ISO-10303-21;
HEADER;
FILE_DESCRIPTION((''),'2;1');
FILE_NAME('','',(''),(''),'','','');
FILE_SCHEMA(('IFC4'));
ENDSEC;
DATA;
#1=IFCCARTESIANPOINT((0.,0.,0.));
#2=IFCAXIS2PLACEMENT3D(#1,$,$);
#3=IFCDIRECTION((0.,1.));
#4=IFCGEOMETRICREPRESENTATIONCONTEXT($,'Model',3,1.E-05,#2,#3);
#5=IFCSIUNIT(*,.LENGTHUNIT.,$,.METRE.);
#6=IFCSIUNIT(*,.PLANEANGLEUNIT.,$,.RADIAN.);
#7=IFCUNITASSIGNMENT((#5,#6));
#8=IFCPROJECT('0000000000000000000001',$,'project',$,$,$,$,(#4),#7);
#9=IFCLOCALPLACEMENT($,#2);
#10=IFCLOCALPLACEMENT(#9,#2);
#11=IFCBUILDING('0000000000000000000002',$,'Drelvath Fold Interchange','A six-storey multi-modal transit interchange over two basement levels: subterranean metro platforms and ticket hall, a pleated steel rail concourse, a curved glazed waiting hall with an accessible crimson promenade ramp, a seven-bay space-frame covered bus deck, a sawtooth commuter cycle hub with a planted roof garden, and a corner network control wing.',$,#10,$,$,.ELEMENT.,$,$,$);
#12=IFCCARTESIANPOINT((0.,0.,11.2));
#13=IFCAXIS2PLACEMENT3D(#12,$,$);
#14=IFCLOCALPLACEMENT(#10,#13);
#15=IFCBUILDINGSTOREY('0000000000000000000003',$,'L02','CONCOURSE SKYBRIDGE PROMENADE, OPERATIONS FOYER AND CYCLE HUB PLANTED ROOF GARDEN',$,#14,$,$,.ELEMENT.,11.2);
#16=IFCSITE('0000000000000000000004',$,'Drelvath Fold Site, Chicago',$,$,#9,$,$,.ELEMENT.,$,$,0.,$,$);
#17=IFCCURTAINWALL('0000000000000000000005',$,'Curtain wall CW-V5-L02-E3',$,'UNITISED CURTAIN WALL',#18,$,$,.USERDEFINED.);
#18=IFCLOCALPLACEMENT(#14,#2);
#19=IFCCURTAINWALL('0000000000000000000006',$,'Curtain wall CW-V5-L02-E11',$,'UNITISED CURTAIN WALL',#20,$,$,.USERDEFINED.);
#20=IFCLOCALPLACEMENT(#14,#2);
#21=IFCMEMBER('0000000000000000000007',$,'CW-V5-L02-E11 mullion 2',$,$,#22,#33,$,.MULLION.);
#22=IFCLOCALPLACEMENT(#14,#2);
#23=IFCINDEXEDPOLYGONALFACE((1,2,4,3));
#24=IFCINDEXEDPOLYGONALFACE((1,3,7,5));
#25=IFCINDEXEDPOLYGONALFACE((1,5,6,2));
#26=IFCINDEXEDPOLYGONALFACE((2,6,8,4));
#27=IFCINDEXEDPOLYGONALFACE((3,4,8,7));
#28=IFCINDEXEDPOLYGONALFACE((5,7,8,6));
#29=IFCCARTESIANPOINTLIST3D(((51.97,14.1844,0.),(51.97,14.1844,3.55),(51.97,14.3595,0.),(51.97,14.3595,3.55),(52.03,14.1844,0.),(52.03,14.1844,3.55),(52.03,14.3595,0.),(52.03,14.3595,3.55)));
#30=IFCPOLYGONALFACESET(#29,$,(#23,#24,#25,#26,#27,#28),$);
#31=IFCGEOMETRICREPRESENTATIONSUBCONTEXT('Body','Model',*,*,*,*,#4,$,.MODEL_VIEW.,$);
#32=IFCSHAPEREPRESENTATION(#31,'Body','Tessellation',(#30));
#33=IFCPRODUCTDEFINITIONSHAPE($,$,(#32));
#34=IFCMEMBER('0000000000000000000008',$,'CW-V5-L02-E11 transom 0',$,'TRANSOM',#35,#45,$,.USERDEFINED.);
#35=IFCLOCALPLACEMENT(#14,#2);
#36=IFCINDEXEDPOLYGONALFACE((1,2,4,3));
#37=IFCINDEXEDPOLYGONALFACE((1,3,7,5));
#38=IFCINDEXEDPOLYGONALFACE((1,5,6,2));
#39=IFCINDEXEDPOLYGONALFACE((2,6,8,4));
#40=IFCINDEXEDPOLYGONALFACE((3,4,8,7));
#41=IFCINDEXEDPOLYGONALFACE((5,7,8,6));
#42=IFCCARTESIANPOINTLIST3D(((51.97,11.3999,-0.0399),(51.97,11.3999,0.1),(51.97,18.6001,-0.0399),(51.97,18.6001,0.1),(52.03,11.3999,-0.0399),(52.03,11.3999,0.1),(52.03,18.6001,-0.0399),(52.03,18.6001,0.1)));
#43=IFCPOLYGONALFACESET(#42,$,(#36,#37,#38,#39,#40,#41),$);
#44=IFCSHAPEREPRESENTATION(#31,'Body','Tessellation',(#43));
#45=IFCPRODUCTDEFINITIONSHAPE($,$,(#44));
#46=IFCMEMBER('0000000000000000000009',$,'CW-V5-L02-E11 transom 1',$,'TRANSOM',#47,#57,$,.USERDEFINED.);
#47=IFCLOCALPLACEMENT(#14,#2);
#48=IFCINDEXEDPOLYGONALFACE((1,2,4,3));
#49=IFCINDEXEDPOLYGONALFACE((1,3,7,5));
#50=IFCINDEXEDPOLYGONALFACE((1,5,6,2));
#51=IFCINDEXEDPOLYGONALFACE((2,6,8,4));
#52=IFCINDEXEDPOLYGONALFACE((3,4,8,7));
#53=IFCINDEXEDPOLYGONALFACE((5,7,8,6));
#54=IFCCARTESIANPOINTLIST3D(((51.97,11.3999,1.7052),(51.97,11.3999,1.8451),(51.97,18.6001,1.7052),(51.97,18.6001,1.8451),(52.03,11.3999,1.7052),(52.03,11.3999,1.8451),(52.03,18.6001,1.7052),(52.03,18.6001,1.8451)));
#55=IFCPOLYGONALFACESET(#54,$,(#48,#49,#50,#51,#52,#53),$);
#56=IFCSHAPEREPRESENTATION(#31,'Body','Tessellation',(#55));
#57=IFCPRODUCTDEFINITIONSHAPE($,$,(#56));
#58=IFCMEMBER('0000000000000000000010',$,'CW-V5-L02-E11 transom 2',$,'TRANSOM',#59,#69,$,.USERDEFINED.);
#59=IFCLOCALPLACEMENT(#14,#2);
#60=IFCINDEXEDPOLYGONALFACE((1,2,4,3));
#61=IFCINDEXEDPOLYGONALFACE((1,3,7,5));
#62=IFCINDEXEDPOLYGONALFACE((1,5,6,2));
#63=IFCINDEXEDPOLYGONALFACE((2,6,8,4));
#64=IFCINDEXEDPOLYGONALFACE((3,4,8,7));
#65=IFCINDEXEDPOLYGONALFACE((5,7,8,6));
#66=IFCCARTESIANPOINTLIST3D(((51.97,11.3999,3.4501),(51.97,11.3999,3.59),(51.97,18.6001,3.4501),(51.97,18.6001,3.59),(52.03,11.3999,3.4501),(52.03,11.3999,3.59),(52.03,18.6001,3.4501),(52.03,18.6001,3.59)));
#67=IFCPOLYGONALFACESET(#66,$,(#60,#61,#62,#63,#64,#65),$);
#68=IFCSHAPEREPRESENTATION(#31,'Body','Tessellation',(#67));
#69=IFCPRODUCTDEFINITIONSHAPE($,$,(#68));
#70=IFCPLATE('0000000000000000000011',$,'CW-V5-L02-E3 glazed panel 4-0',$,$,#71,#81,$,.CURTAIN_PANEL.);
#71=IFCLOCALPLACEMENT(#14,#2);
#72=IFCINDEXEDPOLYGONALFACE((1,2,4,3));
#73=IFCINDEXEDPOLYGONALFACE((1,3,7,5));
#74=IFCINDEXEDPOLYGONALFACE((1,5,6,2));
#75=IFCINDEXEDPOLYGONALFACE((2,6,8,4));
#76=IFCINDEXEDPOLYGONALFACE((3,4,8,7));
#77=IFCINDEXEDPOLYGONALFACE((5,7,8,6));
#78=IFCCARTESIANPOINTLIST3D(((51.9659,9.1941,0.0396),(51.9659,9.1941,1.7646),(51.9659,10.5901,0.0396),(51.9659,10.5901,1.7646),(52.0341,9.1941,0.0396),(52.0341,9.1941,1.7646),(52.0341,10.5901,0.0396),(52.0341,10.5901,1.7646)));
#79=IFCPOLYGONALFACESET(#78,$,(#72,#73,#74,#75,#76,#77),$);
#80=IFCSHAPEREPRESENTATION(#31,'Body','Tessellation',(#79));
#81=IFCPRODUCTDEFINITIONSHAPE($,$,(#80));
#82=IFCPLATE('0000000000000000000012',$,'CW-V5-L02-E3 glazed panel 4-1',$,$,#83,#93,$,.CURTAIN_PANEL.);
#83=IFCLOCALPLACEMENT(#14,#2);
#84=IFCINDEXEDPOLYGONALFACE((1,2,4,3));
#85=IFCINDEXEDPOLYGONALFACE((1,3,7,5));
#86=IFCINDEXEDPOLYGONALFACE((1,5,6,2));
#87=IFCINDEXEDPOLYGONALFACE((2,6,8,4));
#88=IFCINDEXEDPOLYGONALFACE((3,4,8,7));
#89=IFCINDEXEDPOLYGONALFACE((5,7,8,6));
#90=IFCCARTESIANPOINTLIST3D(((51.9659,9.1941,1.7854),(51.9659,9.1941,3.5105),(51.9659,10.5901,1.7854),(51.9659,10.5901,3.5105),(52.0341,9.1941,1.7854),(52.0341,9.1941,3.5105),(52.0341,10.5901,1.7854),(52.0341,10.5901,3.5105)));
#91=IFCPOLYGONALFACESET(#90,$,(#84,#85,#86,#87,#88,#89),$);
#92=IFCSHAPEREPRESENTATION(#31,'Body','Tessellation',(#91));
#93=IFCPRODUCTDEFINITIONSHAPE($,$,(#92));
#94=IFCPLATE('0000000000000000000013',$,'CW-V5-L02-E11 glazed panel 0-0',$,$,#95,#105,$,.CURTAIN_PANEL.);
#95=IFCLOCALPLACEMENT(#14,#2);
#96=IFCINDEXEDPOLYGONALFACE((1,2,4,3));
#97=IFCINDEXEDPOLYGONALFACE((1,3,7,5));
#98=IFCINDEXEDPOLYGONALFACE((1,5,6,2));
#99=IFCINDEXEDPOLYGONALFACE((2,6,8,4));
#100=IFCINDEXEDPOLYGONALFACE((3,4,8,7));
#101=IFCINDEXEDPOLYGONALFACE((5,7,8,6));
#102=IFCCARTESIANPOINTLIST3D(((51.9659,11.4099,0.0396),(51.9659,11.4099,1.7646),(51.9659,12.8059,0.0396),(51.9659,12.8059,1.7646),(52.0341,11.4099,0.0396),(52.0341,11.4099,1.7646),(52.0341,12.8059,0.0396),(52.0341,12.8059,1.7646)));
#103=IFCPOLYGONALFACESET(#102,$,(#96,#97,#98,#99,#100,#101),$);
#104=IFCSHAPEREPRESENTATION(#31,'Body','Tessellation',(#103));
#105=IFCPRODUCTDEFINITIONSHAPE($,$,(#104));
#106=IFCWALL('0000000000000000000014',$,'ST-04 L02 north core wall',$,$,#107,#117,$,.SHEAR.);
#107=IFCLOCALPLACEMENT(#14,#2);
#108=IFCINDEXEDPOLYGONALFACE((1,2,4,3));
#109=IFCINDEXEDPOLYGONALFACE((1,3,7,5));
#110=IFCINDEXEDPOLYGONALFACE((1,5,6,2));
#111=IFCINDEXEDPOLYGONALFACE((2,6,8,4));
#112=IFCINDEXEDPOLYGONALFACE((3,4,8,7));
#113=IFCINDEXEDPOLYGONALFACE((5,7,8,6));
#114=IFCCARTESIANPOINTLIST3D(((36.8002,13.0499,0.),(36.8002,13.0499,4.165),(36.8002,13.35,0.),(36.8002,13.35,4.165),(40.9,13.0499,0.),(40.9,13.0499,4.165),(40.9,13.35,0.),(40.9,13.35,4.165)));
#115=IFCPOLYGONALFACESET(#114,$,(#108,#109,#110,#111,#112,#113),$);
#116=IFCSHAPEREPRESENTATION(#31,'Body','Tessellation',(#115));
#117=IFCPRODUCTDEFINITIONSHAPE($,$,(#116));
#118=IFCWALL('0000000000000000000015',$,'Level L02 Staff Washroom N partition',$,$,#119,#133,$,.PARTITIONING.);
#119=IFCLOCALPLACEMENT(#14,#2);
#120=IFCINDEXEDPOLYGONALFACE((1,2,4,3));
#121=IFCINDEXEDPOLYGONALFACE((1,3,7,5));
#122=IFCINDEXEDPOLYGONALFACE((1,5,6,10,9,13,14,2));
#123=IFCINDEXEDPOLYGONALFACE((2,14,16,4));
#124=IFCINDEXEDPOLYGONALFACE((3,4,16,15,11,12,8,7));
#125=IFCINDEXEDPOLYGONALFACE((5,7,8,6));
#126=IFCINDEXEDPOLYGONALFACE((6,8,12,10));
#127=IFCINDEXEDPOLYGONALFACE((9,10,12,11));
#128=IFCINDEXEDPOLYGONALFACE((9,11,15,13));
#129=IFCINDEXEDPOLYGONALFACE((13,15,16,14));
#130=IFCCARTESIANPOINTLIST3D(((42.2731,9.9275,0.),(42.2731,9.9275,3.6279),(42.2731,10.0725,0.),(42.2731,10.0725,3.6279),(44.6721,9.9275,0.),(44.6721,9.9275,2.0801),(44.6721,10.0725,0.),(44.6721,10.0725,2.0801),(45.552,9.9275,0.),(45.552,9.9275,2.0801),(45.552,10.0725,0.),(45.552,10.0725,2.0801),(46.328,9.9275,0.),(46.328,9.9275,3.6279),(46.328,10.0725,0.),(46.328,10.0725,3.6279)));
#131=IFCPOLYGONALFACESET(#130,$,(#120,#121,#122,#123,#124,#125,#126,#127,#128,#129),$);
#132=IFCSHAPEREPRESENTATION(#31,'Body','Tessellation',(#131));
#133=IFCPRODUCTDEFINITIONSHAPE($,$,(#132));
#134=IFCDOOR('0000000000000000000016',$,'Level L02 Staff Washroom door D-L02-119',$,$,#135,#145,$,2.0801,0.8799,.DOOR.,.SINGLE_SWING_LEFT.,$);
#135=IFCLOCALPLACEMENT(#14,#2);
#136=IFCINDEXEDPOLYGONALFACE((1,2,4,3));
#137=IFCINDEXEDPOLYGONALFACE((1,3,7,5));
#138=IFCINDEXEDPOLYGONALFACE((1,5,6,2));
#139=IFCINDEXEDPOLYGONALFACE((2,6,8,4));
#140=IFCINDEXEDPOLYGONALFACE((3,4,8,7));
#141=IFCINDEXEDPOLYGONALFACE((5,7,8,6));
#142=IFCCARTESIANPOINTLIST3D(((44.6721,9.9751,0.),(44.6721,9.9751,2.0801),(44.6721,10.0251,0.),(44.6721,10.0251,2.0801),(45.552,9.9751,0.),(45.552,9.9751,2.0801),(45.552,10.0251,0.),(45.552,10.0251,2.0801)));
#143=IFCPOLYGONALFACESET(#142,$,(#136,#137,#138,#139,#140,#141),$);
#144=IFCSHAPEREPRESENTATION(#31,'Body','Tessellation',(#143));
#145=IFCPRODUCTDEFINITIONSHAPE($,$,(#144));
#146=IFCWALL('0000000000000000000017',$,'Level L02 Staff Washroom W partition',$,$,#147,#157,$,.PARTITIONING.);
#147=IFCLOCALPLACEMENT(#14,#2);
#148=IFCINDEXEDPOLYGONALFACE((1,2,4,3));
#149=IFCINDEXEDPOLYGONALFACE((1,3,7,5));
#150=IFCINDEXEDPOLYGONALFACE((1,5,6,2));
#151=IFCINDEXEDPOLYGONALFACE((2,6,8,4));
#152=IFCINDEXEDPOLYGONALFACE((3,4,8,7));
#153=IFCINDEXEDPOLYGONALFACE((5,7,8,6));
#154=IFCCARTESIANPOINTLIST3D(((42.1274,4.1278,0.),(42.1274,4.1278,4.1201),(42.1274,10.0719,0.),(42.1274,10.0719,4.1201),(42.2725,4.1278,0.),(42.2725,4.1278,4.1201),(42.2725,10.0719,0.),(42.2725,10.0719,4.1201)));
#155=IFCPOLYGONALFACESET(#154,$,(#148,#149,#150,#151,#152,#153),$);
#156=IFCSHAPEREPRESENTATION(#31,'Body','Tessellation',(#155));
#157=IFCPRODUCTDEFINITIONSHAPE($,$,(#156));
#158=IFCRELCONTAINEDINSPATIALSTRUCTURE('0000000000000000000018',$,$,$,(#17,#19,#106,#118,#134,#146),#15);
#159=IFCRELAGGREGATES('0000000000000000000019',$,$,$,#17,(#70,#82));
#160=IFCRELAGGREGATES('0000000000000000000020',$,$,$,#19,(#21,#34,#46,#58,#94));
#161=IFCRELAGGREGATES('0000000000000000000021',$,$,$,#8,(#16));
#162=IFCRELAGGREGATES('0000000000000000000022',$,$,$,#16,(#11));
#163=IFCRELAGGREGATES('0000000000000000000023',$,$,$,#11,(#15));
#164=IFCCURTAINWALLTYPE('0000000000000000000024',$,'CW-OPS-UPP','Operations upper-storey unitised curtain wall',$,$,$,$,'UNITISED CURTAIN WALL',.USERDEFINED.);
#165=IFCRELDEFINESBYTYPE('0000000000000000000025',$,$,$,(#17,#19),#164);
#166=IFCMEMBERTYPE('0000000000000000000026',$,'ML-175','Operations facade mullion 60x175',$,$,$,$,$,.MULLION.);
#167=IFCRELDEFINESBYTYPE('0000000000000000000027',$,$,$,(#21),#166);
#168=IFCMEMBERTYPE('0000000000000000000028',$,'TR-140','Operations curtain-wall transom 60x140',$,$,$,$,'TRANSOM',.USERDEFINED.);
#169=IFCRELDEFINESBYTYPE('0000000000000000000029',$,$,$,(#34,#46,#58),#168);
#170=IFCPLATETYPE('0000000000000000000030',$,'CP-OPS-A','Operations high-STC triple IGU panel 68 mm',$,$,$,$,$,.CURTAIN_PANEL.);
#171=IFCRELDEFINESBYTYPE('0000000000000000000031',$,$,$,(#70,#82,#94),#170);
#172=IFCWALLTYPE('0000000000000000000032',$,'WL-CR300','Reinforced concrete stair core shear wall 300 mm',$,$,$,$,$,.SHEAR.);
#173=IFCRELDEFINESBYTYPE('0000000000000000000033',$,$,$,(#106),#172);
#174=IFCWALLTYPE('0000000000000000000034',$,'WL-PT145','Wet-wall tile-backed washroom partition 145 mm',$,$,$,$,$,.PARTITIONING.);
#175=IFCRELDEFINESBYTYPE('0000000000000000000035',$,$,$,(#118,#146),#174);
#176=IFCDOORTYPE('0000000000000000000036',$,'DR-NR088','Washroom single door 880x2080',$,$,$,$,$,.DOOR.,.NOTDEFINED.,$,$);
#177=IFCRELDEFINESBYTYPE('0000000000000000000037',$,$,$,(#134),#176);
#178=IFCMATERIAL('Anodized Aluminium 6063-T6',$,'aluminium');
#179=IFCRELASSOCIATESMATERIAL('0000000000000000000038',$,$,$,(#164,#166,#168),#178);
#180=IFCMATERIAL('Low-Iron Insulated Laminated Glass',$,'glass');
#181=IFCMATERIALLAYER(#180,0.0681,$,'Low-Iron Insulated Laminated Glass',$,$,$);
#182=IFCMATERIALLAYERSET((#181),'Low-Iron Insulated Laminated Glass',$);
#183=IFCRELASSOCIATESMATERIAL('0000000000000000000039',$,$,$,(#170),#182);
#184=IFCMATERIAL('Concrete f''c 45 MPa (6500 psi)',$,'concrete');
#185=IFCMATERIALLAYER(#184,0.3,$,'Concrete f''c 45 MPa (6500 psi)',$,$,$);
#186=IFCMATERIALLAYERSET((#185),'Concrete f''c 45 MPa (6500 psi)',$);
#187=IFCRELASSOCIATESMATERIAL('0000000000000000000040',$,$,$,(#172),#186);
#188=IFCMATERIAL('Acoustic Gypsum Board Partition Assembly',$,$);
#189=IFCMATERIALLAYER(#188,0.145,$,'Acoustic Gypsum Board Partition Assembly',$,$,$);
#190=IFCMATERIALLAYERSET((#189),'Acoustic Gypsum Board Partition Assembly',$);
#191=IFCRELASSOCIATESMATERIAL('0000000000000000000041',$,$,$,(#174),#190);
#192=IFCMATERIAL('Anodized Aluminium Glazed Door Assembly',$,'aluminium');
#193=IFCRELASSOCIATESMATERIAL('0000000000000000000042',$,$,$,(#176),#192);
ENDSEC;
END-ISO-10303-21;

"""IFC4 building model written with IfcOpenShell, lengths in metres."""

from ifc_helpers import new_model, si_unit, direction, frame, frame_2d, origin, origin_2d, place, context, subcontext, project, spatial, rectangle, extrude, material, layer, layer_set, material_profile, profile_set, type_object, element, fill, aggregate, save


model = new_model("IFC4")

# Units and contexts
model_context = context("Model", 3, precision=1e-05, world=origin(), true_north=direction((0.0, 1.0)))
body_context = subcontext(model_context, "Body", "Model", "MODEL_VIEW")
ifc_project = project(units=[si_unit("LENGTHUNIT", "METRE"), si_unit("PLANEANGLEUNIT", "RADIAN")], contexts=[model_context])

# Site, building, storey
site_placement = place(None, origin())
site = spatial("IfcSite", under=ifc_project, at=site_placement, Name="Drelvath Fold Site, Chicago", CompositionType="ELEMENT", RefElevation=0.0)
building_placement = place(site_placement, origin())
building = spatial("IfcBuilding", under=site, at=building_placement, Name="Drelvath Fold Interchange", Description="A six-storey multi-modal transit interchange over two basement levels: subterranean metro platforms and ticket hall, a pleated steel rail concourse, a curved glazed waiting hall with an accessible crimson promenade ramp, a seven-bay space-frame covered bus deck, a sawtooth commuter cycle hub with a planted roof garden, and a corner network control wing.", CompositionType="ELEMENT")
storey_placement = place(building_placement, frame((0.0, 0.0, 11.2)))
storey = spatial("IfcBuildingStorey", under=building, at=storey_placement, Name="L02", Description="CONCOURSE SKYBRIDGE PROMENADE, OPERATIONS FOYER AND CYCLE HUB PLANTED ROOF GARDEN", CompositionType="ELEMENT", Elevation=11.2)

# Curtain walls, members
ifc_material_1 = material(Name="Anodized Aluminium 6063-T6", Category="aluminium")
curtain_wall_type = type_object("IfcCurtainWallType", Name="CW-OPS-UPP", Description="Operations upper-storey unitised curtain wall", ElementType="UNITISED CURTAIN WALL", PredefinedType="USERDEFINED", material=ifc_material_1)
curtain_wall_1_placement = place(storey_placement, origin())
curtain_wall_1 = element("IfcCurtainWall", 1, at=curtain_wall_1_placement, inside=storey, type_object=curtain_wall_type, Name="Curtain wall CW-V5-L02-E3", ObjectType="UNITISED CURTAIN WALL", PredefinedType="USERDEFINED")
ifc_material_profile_1 = material_profile(ifc_material_1, rectangle(XDim=0.0601, YDim=0.175, at=origin_2d()), Name="AL-M 60x175")
ifc_profile_set_1 = profile_set([ifc_material_profile_1], Name="Anodized Aluminium 6063-T6")
member_type_1 = type_object("IfcMemberType", Name="ML-175", Description="Operations facade mullion 60x175", PredefinedType="MULLION", material=ifc_profile_set_1)
curtain_wall_2_placement = place(storey_placement, origin())
curtain_wall_2 = element("IfcCurtainWall", 2, at=curtain_wall_2_placement, inside=storey, type_object=curtain_wall_type, Name="Curtain wall CW-V5-L02-E11", ObjectType="UNITISED CURTAIN WALL", PredefinedType="USERDEFINED")
member_1_placement = place(storey_placement, frame((52.0, 14.272, 0.0), z_axis=(0.0, 0.0, 1.0), x_axis=(1.0, 0.0, 0.0)))
member_1 = element("IfcMember", 3, at=member_1_placement, type_object=member_type_1, Name="CW-V5-L02-E11 mullion 2", PredefinedType="MULLION", context=body_context, shape_type="SweptSolid", body=[
    extrude(rectangle(XDim=0.0601, YDim=0.175, at=origin_2d()), origin(), (0.0, 0.0, 1.0), 3.55),
])
ifc_material_profile_2 = material_profile(ifc_material_1, rectangle(XDim=0.0601, YDim=0.1399, at=origin_2d()), Name="AL-T 60x140")
ifc_profile_set_2 = profile_set([ifc_material_profile_2], Name="Anodized Aluminium 6063-T6")
member_type_2 = type_object("IfcMemberType", Name="TR-140", Description="Operations curtain-wall transom 60x140", ElementType="TRANSOM", PredefinedType="USERDEFINED", material=ifc_profile_set_2)
member_2_placement = place(storey_placement, frame((52.0, 11.3999, 0.03), z_axis=(0.0, 1.0, 0.0), x_axis=(-1.0, 0.0, 0.0)))
member_2 = element("IfcMember", 4, at=member_2_placement, type_object=member_type_2, Name="CW-V5-L02-E11 transom 0", ObjectType="TRANSOM", PredefinedType="USERDEFINED", context=body_context, shape_type="SweptSolid", body=[
    extrude(rectangle(XDim=0.0601, YDim=0.1399, at=origin_2d()), origin(), (0.0, 0.0, 1.0), 7.2002),
])
member_3_placement = place(storey_placement, frame((52.0, 11.3999, 1.7751), z_axis=(0.0, 1.0, 0.0), x_axis=(-1.0, 0.0, 0.0)))
member_3 = element("IfcMember", 5, at=member_3_placement, type_object=member_type_2, Name="CW-V5-L02-E11 transom 1", ObjectType="TRANSOM", PredefinedType="USERDEFINED", context=body_context, shape_type="SweptSolid", body=[
    extrude(rectangle(XDim=0.0601, YDim=0.1399, at=origin_2d()), origin(), (0.0, 0.0, 1.0), 7.2002),
])
member_4_placement = place(storey_placement, frame((52.0, 11.3999, 3.52), z_axis=(0.0, 1.0, 0.0), x_axis=(-1.0, 0.0, 0.0)))
member_4 = element("IfcMember", 6, at=member_4_placement, type_object=member_type_2, Name="CW-V5-L02-E11 transom 2", ObjectType="TRANSOM", PredefinedType="USERDEFINED", context=body_context, shape_type="SweptSolid", body=[
    extrude(rectangle(XDim=0.0601, YDim=0.1399, at=origin_2d()), origin(), (0.0, 0.0, 1.0), 7.2002),
])

# Plates
ifc_material_2 = material(Name="Low-Iron Insulated Laminated Glass", Category="glass")
ifc_layer_1 = layer(ifc_material_2, 0.0681, Name="Low-Iron Insulated Laminated Glass")
ifc_layer_set_1 = layer_set([ifc_layer_1], Name="Low-Iron Insulated Laminated Glass")
plate_type = type_object("IfcPlateType", Name="CP-OPS-A", Description="Operations high-STC triple IGU panel 68 mm", PredefinedType="CURTAIN_PANEL", material=ifc_layer_set_1)
plate_1_placement = place(storey_placement, frame((52.0, 9.8921, 0.0396), z_axis=(0.0, 0.0, 1.0), x_axis=(0.0, 1.0, 0.0)))
plate_1 = element("IfcPlate", 7, at=plate_1_placement, type_object=plate_type, Name="CW-V5-L02-E3 glazed panel 4-0", PredefinedType="CURTAIN_PANEL", context=body_context, shape_type="SweptSolid", body=[
    extrude(rectangle(XDim=1.396, YDim=0.0681, at=origin_2d()), origin(), (0.0, 0.0, 1.0), 1.7251),
])
plate_2_placement = place(storey_placement, frame((52.0, 9.8921, 1.7854), z_axis=(0.0, 0.0, 1.0), x_axis=(0.0, 1.0, 0.0)))
plate_2 = element("IfcPlate", 8, at=plate_2_placement, type_object=plate_type, Name="CW-V5-L02-E3 glazed panel 4-1", PredefinedType="CURTAIN_PANEL", context=body_context, shape_type="SweptSolid", body=[
    extrude(rectangle(XDim=1.396, YDim=0.0681, at=origin_2d()), origin(), (0.0, 0.0, 1.0), 1.7251),
])
aggregate(curtain_wall_1, [plate_1, plate_2])
plate_3_placement = place(storey_placement, frame((52.0, 12.1079, 0.0396), z_axis=(0.0, 0.0, 1.0), x_axis=(0.0, 1.0, 0.0)))
plate_3 = element("IfcPlate", 9, at=plate_3_placement, type_object=plate_type, Name="CW-V5-L02-E11 glazed panel 0-0", PredefinedType="CURTAIN_PANEL", context=body_context, shape_type="SweptSolid", body=[
    extrude(rectangle(XDim=1.396, YDim=0.0681, at=origin_2d()), origin(), (0.0, 0.0, 1.0), 1.7251),
])
aggregate(curtain_wall_2, [member_1, member_2, member_3, member_4, plate_3])

# Wall
ifc_material_3 = material(Name="Concrete f'c 45 MPa (6500 psi)", Category="concrete")
ifc_layer_2 = layer(ifc_material_3, 0.3, Name="Concrete f'c 45 MPa (6500 psi)")
ifc_layer_set_2 = layer_set([ifc_layer_2], Name="Concrete f'c 45 MPa (6500 psi)")
wall_type_1 = type_object("IfcWallType", Name="WL-CR300", Description="Reinforced concrete stair core shear wall 300 mm", PredefinedType="SHEAR", material=ifc_layer_set_2)
wall_1_placement = place(storey_placement, frame((40.8999, 13.2, 0.0), z_axis=(0.0, 0.0, 1.0), x_axis=(-1.0, 0.0, 0.0)))
element("IfcWall", 10, at=wall_1_placement, inside=storey, type_object=wall_type_1, Name="ST-04 L02 north core wall", PredefinedType="SHEAR", context=body_context, shape_type="SweptSolid", body=[
    extrude(rectangle(XDim=4.0999, YDim=0.3, at=frame_2d((2.0498, 0.0))), origin(), (0.0, 0.0, 1.0), 4.165),
])

# Wall, opening, door
ifc_material_4 = material(Name="Acoustic Gypsum Board Partition Assembly")
ifc_layer_3 = layer(ifc_material_4, 0.145, Name="Acoustic Gypsum Board Partition Assembly")
ifc_layer_set_3 = layer_set([ifc_layer_3], Name="Acoustic Gypsum Board Partition Assembly")
wall_type_2 = type_object("IfcWallType", Name="WL-PT145", Description="Wet-wall tile-backed washroom partition 145 mm", PredefinedType="PARTITIONING", material=ifc_layer_set_3)
wall_2_placement = place(storey_placement, frame((46.3279, 10.0, 0.0), z_axis=(0.0, 0.0, 1.0), x_axis=(-1.0, 0.0, 0.0)))
wall_2 = element("IfcWall", 11, at=wall_2_placement, inside=storey, type_object=wall_type_2, Name="Level L02 Staff Washroom N partition", PredefinedType="PARTITIONING", context=body_context, shape_type="SweptSolid", body=[
    extrude(rectangle(XDim=4.0549, YDim=0.145, at=frame_2d((2.0273, 0.0))), origin(), (0.0, 0.0, 1.0), 3.6279),
])
opening_1_placement = place(wall_2_placement, frame((0.7759, 0.0, 0.0)))
opening_1 = element("IfcOpeningElement", 12, at=opening_1_placement, cuts=wall_2, PredefinedType="OPENING", context=body_context, shape_type="SweptSolid", body=[
    extrude(rectangle(XDim=0.8799, YDim=2.0801, at=frame_2d((0.4399, 1.04))), frame((0.0, 0.0825, 0.0), z_axis=(0.0, -1.0, 0.0), x_axis=(1.0, 0.0, 0.0)), (0.0, 0.0, 1.0), 0.165),
])
ifc_material_5 = material(Name="Anodized Aluminium Glazed Door Assembly", Category="aluminium")
door_type_1 = type_object("IfcDoorType", Name="DR-NR088", Description="Washroom single door 880x2080", OperationType="NOTDEFINED", PredefinedType="DOOR", material=ifc_material_5)
door_1_placement = place(opening_1_placement, origin())
door_1 = element("IfcDoor", 13, at=door_1_placement, inside=storey, type_object=door_type_1, Name="Level L02 Staff Washroom door D-L02-119", OperationType="SINGLE_SWING_LEFT", OverallHeight=2.0801, OverallWidth=0.8799, PredefinedType="DOOR", context=body_context, shape_type="SweptSolid", body=[
    extrude(rectangle(XDim=0.8799, YDim=2.0801, at=frame_2d((0.4399, 1.04))), frame((0.0, 0.0249, 0.0), z_axis=(0.0, -1.0, 0.0), x_axis=(1.0, 0.0, 0.0)), (0.0, 0.0, 1.0), 0.05),
])
fill(opening_1, door_1)

# Wall
wall_3_placement = place(storey_placement, frame((42.2, 10.072, 0.0), z_axis=(0.0, 0.0, 1.0), x_axis=(0.0, -1.0, 0.0)))
element("IfcWall", 14, at=wall_3_placement, inside=storey, type_object=wall_type_2, Name="Level L02 Staff Washroom W partition", PredefinedType="PARTITIONING", context=body_context, shape_type="SweptSolid", body=[
    extrude(rectangle(XDim=5.9441, YDim=0.145, at=frame_2d((2.9722, 0.0))), origin(), (0.0, 0.0, 1.0), 4.1201),
])

save(model, "model.ifc")
